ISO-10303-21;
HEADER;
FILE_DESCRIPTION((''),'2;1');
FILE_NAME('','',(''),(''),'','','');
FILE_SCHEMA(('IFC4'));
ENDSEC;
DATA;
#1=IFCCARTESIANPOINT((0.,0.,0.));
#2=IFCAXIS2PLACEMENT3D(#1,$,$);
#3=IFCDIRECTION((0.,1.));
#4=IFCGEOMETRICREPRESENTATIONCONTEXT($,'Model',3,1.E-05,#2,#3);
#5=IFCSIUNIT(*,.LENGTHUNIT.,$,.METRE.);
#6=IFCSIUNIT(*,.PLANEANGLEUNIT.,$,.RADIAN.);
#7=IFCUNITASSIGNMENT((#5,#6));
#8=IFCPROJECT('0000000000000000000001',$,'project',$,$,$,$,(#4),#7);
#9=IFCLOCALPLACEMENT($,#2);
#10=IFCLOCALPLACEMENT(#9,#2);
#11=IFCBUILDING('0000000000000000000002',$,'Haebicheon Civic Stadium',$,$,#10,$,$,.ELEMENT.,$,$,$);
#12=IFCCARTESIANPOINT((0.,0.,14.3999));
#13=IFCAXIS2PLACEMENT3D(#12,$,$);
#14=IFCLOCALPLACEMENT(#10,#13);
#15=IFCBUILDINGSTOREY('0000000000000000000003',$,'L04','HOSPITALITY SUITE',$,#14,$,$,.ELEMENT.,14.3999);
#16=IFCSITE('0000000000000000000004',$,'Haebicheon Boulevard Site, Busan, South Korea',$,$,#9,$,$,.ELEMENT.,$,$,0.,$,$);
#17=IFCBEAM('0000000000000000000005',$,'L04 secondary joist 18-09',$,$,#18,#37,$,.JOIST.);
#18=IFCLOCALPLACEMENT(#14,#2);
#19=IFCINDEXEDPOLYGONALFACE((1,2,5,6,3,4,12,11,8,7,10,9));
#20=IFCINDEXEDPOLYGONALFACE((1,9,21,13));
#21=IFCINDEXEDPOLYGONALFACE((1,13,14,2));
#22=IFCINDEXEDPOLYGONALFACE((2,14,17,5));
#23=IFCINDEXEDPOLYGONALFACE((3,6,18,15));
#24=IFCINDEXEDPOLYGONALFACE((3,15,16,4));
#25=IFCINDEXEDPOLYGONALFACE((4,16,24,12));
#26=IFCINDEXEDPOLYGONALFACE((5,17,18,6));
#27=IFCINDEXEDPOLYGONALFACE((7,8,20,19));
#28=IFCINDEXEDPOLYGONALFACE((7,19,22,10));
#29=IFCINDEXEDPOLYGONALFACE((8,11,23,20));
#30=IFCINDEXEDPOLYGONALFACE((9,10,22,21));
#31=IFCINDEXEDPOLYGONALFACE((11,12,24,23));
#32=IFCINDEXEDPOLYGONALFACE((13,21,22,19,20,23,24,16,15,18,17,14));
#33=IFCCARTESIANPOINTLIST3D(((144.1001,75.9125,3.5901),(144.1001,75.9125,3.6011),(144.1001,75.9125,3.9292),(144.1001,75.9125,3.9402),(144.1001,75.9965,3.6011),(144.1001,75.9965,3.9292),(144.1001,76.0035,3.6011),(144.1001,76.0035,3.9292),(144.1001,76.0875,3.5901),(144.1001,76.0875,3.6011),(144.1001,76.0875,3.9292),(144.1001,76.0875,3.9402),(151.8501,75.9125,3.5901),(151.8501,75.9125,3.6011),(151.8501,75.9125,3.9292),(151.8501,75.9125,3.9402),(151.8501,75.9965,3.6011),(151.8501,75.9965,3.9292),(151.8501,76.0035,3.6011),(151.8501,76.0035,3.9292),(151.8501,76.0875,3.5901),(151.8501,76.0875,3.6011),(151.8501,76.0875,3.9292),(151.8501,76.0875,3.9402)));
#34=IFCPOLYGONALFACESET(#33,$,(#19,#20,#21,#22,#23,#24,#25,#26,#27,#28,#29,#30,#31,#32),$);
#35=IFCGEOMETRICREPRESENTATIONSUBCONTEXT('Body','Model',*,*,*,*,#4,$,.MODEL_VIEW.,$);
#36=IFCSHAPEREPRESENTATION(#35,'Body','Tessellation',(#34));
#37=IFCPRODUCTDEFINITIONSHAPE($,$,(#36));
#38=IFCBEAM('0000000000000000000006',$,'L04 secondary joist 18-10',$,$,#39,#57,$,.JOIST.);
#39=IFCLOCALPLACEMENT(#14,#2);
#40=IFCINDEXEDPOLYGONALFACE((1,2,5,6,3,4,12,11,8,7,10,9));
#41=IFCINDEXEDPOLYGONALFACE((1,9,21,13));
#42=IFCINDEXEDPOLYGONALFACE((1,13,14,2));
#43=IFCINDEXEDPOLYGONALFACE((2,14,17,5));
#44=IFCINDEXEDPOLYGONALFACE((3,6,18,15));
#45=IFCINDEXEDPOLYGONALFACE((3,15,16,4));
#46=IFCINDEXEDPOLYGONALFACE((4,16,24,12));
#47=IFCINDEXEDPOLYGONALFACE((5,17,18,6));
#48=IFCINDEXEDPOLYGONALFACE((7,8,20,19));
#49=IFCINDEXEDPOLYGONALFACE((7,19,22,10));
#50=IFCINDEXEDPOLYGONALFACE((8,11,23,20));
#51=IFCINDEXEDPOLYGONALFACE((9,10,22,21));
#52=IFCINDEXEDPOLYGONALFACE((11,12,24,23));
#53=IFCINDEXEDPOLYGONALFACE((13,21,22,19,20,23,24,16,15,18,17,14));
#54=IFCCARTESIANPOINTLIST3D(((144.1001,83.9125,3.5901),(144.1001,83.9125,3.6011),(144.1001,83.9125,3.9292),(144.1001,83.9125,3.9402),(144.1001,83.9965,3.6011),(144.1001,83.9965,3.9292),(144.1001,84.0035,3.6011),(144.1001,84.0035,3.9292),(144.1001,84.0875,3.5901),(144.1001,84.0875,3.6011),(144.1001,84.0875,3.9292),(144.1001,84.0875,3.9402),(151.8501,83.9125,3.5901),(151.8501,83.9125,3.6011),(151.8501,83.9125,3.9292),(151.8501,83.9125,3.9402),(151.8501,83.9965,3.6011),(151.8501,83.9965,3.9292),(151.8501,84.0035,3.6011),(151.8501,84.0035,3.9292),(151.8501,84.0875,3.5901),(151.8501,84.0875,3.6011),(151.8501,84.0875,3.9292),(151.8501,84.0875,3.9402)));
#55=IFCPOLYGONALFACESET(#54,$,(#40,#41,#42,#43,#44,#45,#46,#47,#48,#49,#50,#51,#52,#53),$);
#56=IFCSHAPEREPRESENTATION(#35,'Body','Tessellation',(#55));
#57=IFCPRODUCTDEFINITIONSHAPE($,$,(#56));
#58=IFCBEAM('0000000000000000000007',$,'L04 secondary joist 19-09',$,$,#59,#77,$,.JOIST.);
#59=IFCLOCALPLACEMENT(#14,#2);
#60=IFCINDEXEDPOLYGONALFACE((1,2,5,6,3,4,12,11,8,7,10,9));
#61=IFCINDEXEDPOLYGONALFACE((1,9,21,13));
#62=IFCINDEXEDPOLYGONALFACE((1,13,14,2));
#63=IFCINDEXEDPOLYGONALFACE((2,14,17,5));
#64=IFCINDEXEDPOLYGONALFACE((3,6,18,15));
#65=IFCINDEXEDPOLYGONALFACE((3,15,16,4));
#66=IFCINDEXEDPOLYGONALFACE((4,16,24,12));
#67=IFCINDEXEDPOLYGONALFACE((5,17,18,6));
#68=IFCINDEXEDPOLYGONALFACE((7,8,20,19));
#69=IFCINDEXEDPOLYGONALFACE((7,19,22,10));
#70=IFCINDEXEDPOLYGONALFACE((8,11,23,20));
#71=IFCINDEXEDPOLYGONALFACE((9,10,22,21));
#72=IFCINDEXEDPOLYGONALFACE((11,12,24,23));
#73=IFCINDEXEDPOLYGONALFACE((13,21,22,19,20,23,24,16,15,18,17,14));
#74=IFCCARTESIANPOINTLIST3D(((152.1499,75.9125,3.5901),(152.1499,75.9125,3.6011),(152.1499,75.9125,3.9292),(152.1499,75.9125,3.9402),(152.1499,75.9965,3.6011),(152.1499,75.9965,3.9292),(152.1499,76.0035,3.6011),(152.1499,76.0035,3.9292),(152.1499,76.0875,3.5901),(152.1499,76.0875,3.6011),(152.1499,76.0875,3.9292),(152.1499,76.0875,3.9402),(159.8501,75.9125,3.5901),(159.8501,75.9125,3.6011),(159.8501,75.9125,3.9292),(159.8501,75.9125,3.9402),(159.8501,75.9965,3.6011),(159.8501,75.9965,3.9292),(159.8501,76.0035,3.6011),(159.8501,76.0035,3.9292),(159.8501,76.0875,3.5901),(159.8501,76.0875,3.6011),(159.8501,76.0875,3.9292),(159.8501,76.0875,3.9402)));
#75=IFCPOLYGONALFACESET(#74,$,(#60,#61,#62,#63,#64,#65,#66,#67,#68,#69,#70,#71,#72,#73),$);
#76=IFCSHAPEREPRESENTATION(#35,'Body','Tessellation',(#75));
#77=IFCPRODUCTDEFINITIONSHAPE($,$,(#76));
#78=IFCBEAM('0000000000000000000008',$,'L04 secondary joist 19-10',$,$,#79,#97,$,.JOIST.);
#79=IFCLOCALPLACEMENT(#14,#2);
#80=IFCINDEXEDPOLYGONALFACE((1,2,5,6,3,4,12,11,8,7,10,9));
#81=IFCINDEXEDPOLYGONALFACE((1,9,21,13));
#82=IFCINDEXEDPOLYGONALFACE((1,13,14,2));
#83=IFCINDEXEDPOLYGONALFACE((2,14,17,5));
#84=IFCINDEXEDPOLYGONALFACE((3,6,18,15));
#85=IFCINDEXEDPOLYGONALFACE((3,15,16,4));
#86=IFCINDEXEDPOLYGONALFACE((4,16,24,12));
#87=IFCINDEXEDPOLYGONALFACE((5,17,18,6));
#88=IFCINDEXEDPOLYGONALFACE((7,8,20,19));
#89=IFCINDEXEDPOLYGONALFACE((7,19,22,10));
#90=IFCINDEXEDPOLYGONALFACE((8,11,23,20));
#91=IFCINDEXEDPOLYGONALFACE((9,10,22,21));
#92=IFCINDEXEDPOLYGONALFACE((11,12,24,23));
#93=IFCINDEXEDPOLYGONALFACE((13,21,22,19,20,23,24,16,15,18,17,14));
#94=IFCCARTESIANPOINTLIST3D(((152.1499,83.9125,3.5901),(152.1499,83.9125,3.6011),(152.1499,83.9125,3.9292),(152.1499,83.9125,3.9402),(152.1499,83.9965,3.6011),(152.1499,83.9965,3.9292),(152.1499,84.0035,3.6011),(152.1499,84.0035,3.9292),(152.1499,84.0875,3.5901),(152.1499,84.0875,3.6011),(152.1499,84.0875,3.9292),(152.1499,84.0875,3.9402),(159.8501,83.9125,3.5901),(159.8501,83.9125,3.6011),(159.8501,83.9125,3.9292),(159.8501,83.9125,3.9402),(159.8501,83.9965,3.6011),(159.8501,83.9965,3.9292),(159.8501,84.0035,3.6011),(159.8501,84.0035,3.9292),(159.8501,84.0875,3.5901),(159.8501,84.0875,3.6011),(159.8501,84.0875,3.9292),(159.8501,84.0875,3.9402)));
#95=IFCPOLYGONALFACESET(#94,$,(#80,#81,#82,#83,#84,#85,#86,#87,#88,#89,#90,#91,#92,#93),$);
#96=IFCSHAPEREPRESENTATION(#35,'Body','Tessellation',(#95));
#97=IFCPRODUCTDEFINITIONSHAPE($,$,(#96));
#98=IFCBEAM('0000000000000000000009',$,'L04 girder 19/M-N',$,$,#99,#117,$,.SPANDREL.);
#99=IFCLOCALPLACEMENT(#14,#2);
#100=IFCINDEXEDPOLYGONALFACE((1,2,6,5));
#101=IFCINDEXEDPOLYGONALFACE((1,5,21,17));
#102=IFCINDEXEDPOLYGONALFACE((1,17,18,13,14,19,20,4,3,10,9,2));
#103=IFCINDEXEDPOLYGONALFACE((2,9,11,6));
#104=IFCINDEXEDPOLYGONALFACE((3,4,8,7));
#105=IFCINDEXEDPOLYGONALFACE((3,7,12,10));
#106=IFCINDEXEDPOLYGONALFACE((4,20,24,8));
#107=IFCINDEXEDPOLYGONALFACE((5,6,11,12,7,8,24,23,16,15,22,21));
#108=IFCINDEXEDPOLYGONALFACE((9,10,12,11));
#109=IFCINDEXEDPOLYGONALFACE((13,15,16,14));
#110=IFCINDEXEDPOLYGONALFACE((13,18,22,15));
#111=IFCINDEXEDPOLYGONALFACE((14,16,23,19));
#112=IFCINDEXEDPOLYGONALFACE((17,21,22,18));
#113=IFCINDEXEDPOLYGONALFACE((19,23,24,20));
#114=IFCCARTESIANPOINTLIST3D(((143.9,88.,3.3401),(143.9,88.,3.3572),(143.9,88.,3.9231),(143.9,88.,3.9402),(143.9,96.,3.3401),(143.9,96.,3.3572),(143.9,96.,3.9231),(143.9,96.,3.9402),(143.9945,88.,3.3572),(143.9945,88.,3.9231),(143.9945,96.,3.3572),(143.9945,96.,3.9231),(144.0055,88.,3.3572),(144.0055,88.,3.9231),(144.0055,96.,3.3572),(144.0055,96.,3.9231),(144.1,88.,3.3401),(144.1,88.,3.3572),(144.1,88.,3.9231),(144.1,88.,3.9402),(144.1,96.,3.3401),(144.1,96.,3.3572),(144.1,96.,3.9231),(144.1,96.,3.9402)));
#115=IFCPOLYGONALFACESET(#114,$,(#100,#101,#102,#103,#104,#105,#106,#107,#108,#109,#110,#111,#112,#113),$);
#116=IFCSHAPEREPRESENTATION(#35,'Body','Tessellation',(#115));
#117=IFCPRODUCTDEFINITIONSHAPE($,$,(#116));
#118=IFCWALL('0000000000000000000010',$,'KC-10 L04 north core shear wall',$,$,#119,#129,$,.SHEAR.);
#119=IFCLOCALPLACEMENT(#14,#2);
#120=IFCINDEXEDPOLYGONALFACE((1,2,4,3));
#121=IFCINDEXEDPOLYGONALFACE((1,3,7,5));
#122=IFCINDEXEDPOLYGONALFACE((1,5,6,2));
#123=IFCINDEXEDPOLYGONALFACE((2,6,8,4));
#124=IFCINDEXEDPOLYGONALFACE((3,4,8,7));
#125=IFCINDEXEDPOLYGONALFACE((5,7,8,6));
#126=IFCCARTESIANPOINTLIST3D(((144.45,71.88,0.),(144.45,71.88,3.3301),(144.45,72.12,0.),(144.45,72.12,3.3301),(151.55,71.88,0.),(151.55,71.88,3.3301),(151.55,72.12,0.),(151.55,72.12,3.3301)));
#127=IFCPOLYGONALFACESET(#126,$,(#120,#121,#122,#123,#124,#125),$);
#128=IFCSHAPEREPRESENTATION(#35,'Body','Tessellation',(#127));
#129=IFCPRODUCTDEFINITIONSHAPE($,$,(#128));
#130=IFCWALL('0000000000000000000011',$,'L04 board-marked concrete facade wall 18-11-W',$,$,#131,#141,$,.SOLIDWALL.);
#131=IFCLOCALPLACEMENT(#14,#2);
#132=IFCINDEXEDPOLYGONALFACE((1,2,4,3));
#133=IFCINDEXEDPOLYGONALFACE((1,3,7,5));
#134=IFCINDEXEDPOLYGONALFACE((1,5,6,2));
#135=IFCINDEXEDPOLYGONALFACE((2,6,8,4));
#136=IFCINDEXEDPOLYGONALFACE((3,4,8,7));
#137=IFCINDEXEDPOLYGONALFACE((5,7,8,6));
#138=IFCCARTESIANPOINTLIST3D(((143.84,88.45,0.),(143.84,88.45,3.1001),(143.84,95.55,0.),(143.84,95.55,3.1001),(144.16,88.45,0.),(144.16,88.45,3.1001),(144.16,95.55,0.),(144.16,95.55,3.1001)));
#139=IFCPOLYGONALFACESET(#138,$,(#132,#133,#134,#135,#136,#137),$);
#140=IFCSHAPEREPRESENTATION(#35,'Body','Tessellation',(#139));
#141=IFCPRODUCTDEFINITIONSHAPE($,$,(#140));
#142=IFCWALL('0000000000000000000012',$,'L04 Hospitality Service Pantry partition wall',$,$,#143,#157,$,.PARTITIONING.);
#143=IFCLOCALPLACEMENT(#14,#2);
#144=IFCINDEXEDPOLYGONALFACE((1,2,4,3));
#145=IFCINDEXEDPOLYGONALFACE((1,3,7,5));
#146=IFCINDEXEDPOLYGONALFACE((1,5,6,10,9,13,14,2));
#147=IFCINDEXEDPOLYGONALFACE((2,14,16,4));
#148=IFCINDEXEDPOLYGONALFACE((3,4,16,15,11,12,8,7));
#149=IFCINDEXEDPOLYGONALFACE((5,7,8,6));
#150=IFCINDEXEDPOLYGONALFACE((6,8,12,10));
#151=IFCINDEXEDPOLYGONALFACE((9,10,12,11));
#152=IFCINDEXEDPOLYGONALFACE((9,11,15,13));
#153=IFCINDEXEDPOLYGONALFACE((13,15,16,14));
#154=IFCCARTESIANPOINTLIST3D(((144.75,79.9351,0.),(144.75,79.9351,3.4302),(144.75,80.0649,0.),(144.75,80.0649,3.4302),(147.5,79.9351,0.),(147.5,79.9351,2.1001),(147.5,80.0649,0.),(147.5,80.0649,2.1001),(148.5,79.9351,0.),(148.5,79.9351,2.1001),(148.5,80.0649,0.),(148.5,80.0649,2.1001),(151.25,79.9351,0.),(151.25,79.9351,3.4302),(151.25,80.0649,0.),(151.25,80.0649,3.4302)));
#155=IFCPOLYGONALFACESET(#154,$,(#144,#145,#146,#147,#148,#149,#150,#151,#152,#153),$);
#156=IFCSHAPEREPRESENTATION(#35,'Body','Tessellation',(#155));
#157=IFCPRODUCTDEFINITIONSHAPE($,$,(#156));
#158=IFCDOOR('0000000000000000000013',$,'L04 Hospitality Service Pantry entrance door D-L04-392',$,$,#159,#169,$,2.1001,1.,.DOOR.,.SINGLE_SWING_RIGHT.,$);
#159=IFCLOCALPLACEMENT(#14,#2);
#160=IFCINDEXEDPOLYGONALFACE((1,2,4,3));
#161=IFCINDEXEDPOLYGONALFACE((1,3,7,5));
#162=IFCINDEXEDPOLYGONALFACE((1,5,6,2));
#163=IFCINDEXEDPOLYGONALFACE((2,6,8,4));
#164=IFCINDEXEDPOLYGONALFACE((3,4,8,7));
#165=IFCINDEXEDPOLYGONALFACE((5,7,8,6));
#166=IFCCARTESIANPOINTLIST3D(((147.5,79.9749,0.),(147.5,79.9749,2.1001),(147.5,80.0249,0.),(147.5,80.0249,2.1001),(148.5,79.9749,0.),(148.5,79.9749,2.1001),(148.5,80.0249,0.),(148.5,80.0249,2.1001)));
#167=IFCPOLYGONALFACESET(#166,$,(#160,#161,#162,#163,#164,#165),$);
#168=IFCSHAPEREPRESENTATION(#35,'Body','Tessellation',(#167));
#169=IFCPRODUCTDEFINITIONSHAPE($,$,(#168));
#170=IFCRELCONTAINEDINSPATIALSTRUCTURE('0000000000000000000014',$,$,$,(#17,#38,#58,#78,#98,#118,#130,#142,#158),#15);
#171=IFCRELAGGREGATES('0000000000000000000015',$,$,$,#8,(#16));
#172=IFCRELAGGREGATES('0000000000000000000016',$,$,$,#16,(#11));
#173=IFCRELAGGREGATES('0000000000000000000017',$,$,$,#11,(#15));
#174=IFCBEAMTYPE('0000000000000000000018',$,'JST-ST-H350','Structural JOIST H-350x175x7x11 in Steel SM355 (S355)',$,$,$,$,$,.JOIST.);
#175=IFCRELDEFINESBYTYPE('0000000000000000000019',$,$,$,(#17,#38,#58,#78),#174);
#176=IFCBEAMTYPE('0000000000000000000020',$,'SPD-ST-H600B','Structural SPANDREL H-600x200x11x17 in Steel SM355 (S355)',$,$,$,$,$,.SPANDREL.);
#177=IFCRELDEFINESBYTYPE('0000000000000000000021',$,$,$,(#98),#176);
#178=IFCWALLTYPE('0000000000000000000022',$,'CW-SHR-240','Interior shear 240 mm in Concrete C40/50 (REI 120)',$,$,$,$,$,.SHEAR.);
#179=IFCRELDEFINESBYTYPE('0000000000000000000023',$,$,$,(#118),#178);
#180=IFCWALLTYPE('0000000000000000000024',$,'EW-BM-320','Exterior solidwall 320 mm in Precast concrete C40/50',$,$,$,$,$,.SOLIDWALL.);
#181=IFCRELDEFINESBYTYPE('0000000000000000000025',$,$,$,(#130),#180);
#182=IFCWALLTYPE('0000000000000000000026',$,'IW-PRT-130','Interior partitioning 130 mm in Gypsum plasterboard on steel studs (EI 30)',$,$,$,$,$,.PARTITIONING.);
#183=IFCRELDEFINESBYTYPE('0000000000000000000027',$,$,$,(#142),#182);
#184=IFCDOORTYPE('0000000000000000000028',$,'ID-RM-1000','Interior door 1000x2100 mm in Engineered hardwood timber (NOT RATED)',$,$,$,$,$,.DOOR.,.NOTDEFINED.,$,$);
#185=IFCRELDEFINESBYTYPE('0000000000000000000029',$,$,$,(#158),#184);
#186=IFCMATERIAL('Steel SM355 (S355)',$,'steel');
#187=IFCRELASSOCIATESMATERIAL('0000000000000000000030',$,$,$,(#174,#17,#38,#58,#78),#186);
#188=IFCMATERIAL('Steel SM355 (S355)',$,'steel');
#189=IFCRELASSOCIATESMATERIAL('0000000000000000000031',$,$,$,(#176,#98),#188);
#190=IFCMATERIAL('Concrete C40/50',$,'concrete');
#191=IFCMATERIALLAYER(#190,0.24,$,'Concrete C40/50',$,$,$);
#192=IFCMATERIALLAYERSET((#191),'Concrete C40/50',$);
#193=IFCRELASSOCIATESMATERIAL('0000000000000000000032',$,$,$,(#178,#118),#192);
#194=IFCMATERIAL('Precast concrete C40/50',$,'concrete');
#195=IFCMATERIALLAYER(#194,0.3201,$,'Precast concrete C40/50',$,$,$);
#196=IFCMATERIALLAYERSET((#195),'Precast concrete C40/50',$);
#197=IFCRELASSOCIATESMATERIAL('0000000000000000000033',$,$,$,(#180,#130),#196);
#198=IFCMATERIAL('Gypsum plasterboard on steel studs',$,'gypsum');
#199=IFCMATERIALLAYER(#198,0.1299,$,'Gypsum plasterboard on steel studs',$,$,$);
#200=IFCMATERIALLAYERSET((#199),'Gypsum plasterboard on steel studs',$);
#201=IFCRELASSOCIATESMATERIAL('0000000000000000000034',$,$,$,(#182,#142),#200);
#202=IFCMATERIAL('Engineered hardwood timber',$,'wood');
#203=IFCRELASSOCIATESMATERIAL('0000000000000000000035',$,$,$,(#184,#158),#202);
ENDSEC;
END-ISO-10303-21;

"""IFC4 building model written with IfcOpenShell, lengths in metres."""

from ifc_helpers import new_model, si_unit, direction, frame, frame_2d, origin, origin_2d, place, context, subcontext, project, spatial, rectangle, i_section, extrude, material, layer, layer_set, material_profile, profile_set, type_object, element, fill, save


model = new_model("IFC4")

# Units and contexts
model_context = context("Model", 3, precision=1e-05, world=origin(), true_north=direction((0.0, 1.0)))
body_context = subcontext(model_context, "Body", "Model", "MODEL_VIEW")
ifc_project = project(units=[si_unit("LENGTHUNIT", "METRE"), si_unit("PLANEANGLEUNIT", "RADIAN")], contexts=[model_context])

# Site, building, storey
site_placement = place(None, origin())
site = spatial("IfcSite", under=ifc_project, at=site_placement, Name="Haebicheon Boulevard Site, Busan, South Korea", CompositionType="ELEMENT", RefElevation=0.0)
building_placement = place(site_placement, origin())
building = spatial("IfcBuilding", under=site, at=building_placement, Name="Haebicheon Civic Stadium", CompositionType="ELEMENT")
storey_placement = place(building_placement, frame((0.0, 0.0, 14.3999)))
storey = spatial("IfcBuildingStorey", under=building, at=storey_placement, Name="L04", Description="HOSPITALITY SUITE", CompositionType="ELEMENT", Elevation=14.3999)

# Beams
ifc_material_1 = material(Name="Steel SM355 (S355)", Category="steel")
ifc_material_profile_1 = material_profile(ifc_material_1, i_section(OverallWidth=0.175, OverallDepth=0.3501, WebThickness=0.0071, FlangeThickness=0.011, at=origin_2d()), Name="H-350x175x7x11")
ifc_profile_set_1 = profile_set([ifc_material_profile_1], Name="Steel SM355 (S355)")
beam_type_1 = type_object("IfcBeamType", Name="JST-ST-H350", Description="Structural JOIST H-350x175x7x11 in Steel SM355 (S355)", PredefinedType="JOIST", material=ifc_profile_set_1)
for number, where, z_axis, x_axis, name in (
    (1, (144.1001, 76.0, 3.7651), (1.0, 0.0, 0.0), (0.0, 1.0, 0.0), "L04 secondary joist 18-09"),
    (2, (144.1001, 84.0, 3.7651), (1.0, 0.0, 0.0), (0.0, 1.0, 0.0), "L04 secondary joist 18-10"),
):
    element("IfcBeam", number, at=place(storey_placement, frame(where, z_axis=z_axis, x_axis=x_axis)), inside=storey, type_object=beam_type_1, material=ifc_profile_set_1, Name=name, PredefinedType="JOIST", context=body_context, shape_type="SweptSolid", body=[
        extrude(i_section(OverallWidth=0.175, OverallDepth=0.3501, WebThickness=0.0071, FlangeThickness=0.011, at=origin_2d()), origin(), (0.0, 0.0, 1.0), 7.75),
    ])
for number, where, z_axis, x_axis, name in (
    (3, (152.1499, 76.0, 3.7651), (1.0, 0.0, 0.0), (0.0, 1.0, 0.0), "L04 secondary joist 19-09"),
    (4, (152.1499, 84.0, 3.7651), (1.0, 0.0, 0.0), (0.0, 1.0, 0.0), "L04 secondary joist 19-10"),
):
    element("IfcBeam", number, at=place(storey_placement, frame(where, z_axis=z_axis, x_axis=x_axis)), inside=storey, type_object=beam_type_1, material=ifc_profile_set_1, Name=name, PredefinedType="JOIST", context=body_context, shape_type="SweptSolid", body=[
        extrude(i_section(OverallWidth=0.175, OverallDepth=0.3501, WebThickness=0.0071, FlangeThickness=0.011, at=origin_2d()), origin(), (0.0, 0.0, 1.0), 7.7002),
    ])
ifc_material_2 = material(Name="Steel SM355 (S355)", Category="steel")
ifc_material_profile_2 = material_profile(ifc_material_2, i_section(OverallWidth=0.2, OverallDepth=0.6001, WebThickness=0.011, FlangeThickness=0.0171, at=origin_2d()), Name="H-600x200x11x17")
ifc_profile_set_2 = profile_set([ifc_material_profile_2], Name="Steel SM355 (S355)")
beam_type_2 = type_object("IfcBeamType", Name="SPD-ST-H600B", Description="Structural SPANDREL H-600x200x11x17 in Steel SM355 (S355)", PredefinedType="SPANDREL", material=ifc_profile_set_2)
beam_placement = place(storey_placement, frame((144.0, 88.0, 3.6401), z_axis=(0.0, 1.0, 0.0), x_axis=(-1.0, 0.0, 0.0)))
element("IfcBeam", 5, at=beam_placement, inside=storey, type_object=beam_type_2, material=ifc_profile_set_2, Name="L04 girder 19/M-N", PredefinedType="SPANDREL", context=body_context, shape_type="SweptSolid", body=[
    extrude(i_section(OverallWidth=0.2, OverallDepth=0.6001, WebThickness=0.011, FlangeThickness=0.0171, at=origin_2d()), origin(), (0.0, 0.0, 1.0), 8.0),
])

# Walls
ifc_material_3 = material(Name="Concrete C40/50", Category="concrete")
ifc_layer_1 = layer(ifc_material_3, 0.24, Name="Concrete C40/50")
ifc_layer_set_1 = layer_set([ifc_layer_1], Name="Concrete C40/50")
wall_type_1 = type_object("IfcWallType", Name="CW-SHR-240", Description="Interior shear 240 mm in Concrete C40/50 (REI 120)", PredefinedType="SHEAR", material=ifc_layer_set_1)
wall_1_placement = place(storey_placement, frame((144.45, 72.0, 0.0), z_axis=(0.0, 0.0, 1.0), x_axis=(1.0, 0.0, 0.0)))
element("IfcWall", 6, at=wall_1_placement, inside=storey, type_object=wall_type_1, material=ifc_layer_set_1, Name="KC-10 L04 north core shear wall", PredefinedType="SHEAR", context=body_context, shape_type="SweptSolid", body=[
    extrude(rectangle(XDim=7.1001, YDim=0.24, at=frame_2d((3.55, 0.0))), origin(), (0.0, 0.0, 1.0), 3.3301),
])
ifc_material_4 = material(Name="Precast concrete C40/50", Category="concrete")
ifc_layer_2 = layer(ifc_material_4, 0.3201, Name="Precast concrete C40/50")
ifc_layer_set_2 = layer_set([ifc_layer_2], Name="Precast concrete C40/50")
wall_type_2 = type_object("IfcWallType", Name="EW-BM-320", Description="Exterior solidwall 320 mm in Precast concrete C40/50", PredefinedType="SOLIDWALL", material=ifc_layer_set_2)
wall_2_placement = place(storey_placement, frame((144.0, 88.45, 0.0), z_axis=(0.0, 0.0, 1.0), x_axis=(0.0, 1.0, 0.0)))
element("IfcWall", 7, at=wall_2_placement, inside=storey, type_object=wall_type_2, material=ifc_layer_set_2, Name="L04 board-marked concrete facade wall 18-11-W", PredefinedType="SOLIDWALL", context=body_context, shape_type="SweptSolid", body=[
    extrude(rectangle(XDim=7.1001, YDim=0.3201, at=frame_2d((3.55, 0.0))), origin(), (0.0, 0.0, 1.0), 3.1001),
])

# Wall, opening, door
ifc_material_5 = material(Name="Gypsum plasterboard on steel studs", Category="gypsum")
ifc_layer_3 = layer(ifc_material_5, 0.1299, Name="Gypsum plasterboard on steel studs")
ifc_layer_set_3 = layer_set([ifc_layer_3], Name="Gypsum plasterboard on steel studs")
wall_type_3 = type_object("IfcWallType", Name="IW-PRT-130", Description="Interior partitioning 130 mm in Gypsum plasterboard on steel studs (EI 30)", PredefinedType="PARTITIONING", material=ifc_layer_set_3)
wall_3_placement = place(storey_placement, frame((144.75, 80.0, 0.0), z_axis=(0.0, 0.0, 1.0), x_axis=(1.0, 0.0, 0.0)))
wall_3 = element("IfcWall", 8, at=wall_3_placement, inside=storey, type_object=wall_type_3, material=ifc_layer_set_3, Name="L04 Hospitality Service Pantry partition wall", PredefinedType="PARTITIONING", context=body_context, shape_type="SweptSolid", body=[
    extrude(rectangle(XDim=6.5, YDim=0.1299, at=frame_2d((3.25, 0.0))), origin(), (0.0, 0.0, 1.0), 3.4302),
])
opening_placement = place(wall_3_placement, frame((2.75, 0.0, 0.0)))
opening = element("IfcOpeningElement", 9, at=opening_placement, cuts=wall_3, PredefinedType="OPENING", context=body_context, shape_type="SweptSolid", body=[
    extrude(rectangle(XDim=1.0, YDim=2.1001, at=frame_2d((0.5, 1.05))), frame((0.0, 0.075, 0.0), z_axis=(0.0, -1.0, 0.0), x_axis=(1.0, 0.0, 0.0)), (0.0, 0.0, 1.0), 0.1499),
])
ifc_material_6 = material(Name="Engineered hardwood timber", Category="wood")
door_type = type_object("IfcDoorType", Name="ID-RM-1000", Description="Interior door 1000x2100 mm in Engineered hardwood timber (NOT RATED)", OperationType="NOTDEFINED", PredefinedType="DOOR", material=ifc_material_6)
door_placement = place(opening_placement, origin())
door = element("IfcDoor", 10, at=door_placement, inside=storey, type_object=door_type, material=ifc_material_6, Name="L04 Hospitality Service Pantry entrance door D-L04-392", OperationType="SINGLE_SWING_RIGHT", OverallHeight=2.1001, OverallWidth=1.0, PredefinedType="DOOR", context=body_context, shape_type="SweptSolid", body=[
    extrude(rectangle(XDim=1.0, YDim=2.1001, at=frame_2d((0.5, 1.05))), frame((0.0, 0.0249, 0.0), z_axis=(0.0, -1.0, 0.0), x_axis=(1.0, 0.0, 0.0)), (0.0, 0.0, 1.0), 0.05),
])
fill(opening, door)

save(model, "model.ifc")
